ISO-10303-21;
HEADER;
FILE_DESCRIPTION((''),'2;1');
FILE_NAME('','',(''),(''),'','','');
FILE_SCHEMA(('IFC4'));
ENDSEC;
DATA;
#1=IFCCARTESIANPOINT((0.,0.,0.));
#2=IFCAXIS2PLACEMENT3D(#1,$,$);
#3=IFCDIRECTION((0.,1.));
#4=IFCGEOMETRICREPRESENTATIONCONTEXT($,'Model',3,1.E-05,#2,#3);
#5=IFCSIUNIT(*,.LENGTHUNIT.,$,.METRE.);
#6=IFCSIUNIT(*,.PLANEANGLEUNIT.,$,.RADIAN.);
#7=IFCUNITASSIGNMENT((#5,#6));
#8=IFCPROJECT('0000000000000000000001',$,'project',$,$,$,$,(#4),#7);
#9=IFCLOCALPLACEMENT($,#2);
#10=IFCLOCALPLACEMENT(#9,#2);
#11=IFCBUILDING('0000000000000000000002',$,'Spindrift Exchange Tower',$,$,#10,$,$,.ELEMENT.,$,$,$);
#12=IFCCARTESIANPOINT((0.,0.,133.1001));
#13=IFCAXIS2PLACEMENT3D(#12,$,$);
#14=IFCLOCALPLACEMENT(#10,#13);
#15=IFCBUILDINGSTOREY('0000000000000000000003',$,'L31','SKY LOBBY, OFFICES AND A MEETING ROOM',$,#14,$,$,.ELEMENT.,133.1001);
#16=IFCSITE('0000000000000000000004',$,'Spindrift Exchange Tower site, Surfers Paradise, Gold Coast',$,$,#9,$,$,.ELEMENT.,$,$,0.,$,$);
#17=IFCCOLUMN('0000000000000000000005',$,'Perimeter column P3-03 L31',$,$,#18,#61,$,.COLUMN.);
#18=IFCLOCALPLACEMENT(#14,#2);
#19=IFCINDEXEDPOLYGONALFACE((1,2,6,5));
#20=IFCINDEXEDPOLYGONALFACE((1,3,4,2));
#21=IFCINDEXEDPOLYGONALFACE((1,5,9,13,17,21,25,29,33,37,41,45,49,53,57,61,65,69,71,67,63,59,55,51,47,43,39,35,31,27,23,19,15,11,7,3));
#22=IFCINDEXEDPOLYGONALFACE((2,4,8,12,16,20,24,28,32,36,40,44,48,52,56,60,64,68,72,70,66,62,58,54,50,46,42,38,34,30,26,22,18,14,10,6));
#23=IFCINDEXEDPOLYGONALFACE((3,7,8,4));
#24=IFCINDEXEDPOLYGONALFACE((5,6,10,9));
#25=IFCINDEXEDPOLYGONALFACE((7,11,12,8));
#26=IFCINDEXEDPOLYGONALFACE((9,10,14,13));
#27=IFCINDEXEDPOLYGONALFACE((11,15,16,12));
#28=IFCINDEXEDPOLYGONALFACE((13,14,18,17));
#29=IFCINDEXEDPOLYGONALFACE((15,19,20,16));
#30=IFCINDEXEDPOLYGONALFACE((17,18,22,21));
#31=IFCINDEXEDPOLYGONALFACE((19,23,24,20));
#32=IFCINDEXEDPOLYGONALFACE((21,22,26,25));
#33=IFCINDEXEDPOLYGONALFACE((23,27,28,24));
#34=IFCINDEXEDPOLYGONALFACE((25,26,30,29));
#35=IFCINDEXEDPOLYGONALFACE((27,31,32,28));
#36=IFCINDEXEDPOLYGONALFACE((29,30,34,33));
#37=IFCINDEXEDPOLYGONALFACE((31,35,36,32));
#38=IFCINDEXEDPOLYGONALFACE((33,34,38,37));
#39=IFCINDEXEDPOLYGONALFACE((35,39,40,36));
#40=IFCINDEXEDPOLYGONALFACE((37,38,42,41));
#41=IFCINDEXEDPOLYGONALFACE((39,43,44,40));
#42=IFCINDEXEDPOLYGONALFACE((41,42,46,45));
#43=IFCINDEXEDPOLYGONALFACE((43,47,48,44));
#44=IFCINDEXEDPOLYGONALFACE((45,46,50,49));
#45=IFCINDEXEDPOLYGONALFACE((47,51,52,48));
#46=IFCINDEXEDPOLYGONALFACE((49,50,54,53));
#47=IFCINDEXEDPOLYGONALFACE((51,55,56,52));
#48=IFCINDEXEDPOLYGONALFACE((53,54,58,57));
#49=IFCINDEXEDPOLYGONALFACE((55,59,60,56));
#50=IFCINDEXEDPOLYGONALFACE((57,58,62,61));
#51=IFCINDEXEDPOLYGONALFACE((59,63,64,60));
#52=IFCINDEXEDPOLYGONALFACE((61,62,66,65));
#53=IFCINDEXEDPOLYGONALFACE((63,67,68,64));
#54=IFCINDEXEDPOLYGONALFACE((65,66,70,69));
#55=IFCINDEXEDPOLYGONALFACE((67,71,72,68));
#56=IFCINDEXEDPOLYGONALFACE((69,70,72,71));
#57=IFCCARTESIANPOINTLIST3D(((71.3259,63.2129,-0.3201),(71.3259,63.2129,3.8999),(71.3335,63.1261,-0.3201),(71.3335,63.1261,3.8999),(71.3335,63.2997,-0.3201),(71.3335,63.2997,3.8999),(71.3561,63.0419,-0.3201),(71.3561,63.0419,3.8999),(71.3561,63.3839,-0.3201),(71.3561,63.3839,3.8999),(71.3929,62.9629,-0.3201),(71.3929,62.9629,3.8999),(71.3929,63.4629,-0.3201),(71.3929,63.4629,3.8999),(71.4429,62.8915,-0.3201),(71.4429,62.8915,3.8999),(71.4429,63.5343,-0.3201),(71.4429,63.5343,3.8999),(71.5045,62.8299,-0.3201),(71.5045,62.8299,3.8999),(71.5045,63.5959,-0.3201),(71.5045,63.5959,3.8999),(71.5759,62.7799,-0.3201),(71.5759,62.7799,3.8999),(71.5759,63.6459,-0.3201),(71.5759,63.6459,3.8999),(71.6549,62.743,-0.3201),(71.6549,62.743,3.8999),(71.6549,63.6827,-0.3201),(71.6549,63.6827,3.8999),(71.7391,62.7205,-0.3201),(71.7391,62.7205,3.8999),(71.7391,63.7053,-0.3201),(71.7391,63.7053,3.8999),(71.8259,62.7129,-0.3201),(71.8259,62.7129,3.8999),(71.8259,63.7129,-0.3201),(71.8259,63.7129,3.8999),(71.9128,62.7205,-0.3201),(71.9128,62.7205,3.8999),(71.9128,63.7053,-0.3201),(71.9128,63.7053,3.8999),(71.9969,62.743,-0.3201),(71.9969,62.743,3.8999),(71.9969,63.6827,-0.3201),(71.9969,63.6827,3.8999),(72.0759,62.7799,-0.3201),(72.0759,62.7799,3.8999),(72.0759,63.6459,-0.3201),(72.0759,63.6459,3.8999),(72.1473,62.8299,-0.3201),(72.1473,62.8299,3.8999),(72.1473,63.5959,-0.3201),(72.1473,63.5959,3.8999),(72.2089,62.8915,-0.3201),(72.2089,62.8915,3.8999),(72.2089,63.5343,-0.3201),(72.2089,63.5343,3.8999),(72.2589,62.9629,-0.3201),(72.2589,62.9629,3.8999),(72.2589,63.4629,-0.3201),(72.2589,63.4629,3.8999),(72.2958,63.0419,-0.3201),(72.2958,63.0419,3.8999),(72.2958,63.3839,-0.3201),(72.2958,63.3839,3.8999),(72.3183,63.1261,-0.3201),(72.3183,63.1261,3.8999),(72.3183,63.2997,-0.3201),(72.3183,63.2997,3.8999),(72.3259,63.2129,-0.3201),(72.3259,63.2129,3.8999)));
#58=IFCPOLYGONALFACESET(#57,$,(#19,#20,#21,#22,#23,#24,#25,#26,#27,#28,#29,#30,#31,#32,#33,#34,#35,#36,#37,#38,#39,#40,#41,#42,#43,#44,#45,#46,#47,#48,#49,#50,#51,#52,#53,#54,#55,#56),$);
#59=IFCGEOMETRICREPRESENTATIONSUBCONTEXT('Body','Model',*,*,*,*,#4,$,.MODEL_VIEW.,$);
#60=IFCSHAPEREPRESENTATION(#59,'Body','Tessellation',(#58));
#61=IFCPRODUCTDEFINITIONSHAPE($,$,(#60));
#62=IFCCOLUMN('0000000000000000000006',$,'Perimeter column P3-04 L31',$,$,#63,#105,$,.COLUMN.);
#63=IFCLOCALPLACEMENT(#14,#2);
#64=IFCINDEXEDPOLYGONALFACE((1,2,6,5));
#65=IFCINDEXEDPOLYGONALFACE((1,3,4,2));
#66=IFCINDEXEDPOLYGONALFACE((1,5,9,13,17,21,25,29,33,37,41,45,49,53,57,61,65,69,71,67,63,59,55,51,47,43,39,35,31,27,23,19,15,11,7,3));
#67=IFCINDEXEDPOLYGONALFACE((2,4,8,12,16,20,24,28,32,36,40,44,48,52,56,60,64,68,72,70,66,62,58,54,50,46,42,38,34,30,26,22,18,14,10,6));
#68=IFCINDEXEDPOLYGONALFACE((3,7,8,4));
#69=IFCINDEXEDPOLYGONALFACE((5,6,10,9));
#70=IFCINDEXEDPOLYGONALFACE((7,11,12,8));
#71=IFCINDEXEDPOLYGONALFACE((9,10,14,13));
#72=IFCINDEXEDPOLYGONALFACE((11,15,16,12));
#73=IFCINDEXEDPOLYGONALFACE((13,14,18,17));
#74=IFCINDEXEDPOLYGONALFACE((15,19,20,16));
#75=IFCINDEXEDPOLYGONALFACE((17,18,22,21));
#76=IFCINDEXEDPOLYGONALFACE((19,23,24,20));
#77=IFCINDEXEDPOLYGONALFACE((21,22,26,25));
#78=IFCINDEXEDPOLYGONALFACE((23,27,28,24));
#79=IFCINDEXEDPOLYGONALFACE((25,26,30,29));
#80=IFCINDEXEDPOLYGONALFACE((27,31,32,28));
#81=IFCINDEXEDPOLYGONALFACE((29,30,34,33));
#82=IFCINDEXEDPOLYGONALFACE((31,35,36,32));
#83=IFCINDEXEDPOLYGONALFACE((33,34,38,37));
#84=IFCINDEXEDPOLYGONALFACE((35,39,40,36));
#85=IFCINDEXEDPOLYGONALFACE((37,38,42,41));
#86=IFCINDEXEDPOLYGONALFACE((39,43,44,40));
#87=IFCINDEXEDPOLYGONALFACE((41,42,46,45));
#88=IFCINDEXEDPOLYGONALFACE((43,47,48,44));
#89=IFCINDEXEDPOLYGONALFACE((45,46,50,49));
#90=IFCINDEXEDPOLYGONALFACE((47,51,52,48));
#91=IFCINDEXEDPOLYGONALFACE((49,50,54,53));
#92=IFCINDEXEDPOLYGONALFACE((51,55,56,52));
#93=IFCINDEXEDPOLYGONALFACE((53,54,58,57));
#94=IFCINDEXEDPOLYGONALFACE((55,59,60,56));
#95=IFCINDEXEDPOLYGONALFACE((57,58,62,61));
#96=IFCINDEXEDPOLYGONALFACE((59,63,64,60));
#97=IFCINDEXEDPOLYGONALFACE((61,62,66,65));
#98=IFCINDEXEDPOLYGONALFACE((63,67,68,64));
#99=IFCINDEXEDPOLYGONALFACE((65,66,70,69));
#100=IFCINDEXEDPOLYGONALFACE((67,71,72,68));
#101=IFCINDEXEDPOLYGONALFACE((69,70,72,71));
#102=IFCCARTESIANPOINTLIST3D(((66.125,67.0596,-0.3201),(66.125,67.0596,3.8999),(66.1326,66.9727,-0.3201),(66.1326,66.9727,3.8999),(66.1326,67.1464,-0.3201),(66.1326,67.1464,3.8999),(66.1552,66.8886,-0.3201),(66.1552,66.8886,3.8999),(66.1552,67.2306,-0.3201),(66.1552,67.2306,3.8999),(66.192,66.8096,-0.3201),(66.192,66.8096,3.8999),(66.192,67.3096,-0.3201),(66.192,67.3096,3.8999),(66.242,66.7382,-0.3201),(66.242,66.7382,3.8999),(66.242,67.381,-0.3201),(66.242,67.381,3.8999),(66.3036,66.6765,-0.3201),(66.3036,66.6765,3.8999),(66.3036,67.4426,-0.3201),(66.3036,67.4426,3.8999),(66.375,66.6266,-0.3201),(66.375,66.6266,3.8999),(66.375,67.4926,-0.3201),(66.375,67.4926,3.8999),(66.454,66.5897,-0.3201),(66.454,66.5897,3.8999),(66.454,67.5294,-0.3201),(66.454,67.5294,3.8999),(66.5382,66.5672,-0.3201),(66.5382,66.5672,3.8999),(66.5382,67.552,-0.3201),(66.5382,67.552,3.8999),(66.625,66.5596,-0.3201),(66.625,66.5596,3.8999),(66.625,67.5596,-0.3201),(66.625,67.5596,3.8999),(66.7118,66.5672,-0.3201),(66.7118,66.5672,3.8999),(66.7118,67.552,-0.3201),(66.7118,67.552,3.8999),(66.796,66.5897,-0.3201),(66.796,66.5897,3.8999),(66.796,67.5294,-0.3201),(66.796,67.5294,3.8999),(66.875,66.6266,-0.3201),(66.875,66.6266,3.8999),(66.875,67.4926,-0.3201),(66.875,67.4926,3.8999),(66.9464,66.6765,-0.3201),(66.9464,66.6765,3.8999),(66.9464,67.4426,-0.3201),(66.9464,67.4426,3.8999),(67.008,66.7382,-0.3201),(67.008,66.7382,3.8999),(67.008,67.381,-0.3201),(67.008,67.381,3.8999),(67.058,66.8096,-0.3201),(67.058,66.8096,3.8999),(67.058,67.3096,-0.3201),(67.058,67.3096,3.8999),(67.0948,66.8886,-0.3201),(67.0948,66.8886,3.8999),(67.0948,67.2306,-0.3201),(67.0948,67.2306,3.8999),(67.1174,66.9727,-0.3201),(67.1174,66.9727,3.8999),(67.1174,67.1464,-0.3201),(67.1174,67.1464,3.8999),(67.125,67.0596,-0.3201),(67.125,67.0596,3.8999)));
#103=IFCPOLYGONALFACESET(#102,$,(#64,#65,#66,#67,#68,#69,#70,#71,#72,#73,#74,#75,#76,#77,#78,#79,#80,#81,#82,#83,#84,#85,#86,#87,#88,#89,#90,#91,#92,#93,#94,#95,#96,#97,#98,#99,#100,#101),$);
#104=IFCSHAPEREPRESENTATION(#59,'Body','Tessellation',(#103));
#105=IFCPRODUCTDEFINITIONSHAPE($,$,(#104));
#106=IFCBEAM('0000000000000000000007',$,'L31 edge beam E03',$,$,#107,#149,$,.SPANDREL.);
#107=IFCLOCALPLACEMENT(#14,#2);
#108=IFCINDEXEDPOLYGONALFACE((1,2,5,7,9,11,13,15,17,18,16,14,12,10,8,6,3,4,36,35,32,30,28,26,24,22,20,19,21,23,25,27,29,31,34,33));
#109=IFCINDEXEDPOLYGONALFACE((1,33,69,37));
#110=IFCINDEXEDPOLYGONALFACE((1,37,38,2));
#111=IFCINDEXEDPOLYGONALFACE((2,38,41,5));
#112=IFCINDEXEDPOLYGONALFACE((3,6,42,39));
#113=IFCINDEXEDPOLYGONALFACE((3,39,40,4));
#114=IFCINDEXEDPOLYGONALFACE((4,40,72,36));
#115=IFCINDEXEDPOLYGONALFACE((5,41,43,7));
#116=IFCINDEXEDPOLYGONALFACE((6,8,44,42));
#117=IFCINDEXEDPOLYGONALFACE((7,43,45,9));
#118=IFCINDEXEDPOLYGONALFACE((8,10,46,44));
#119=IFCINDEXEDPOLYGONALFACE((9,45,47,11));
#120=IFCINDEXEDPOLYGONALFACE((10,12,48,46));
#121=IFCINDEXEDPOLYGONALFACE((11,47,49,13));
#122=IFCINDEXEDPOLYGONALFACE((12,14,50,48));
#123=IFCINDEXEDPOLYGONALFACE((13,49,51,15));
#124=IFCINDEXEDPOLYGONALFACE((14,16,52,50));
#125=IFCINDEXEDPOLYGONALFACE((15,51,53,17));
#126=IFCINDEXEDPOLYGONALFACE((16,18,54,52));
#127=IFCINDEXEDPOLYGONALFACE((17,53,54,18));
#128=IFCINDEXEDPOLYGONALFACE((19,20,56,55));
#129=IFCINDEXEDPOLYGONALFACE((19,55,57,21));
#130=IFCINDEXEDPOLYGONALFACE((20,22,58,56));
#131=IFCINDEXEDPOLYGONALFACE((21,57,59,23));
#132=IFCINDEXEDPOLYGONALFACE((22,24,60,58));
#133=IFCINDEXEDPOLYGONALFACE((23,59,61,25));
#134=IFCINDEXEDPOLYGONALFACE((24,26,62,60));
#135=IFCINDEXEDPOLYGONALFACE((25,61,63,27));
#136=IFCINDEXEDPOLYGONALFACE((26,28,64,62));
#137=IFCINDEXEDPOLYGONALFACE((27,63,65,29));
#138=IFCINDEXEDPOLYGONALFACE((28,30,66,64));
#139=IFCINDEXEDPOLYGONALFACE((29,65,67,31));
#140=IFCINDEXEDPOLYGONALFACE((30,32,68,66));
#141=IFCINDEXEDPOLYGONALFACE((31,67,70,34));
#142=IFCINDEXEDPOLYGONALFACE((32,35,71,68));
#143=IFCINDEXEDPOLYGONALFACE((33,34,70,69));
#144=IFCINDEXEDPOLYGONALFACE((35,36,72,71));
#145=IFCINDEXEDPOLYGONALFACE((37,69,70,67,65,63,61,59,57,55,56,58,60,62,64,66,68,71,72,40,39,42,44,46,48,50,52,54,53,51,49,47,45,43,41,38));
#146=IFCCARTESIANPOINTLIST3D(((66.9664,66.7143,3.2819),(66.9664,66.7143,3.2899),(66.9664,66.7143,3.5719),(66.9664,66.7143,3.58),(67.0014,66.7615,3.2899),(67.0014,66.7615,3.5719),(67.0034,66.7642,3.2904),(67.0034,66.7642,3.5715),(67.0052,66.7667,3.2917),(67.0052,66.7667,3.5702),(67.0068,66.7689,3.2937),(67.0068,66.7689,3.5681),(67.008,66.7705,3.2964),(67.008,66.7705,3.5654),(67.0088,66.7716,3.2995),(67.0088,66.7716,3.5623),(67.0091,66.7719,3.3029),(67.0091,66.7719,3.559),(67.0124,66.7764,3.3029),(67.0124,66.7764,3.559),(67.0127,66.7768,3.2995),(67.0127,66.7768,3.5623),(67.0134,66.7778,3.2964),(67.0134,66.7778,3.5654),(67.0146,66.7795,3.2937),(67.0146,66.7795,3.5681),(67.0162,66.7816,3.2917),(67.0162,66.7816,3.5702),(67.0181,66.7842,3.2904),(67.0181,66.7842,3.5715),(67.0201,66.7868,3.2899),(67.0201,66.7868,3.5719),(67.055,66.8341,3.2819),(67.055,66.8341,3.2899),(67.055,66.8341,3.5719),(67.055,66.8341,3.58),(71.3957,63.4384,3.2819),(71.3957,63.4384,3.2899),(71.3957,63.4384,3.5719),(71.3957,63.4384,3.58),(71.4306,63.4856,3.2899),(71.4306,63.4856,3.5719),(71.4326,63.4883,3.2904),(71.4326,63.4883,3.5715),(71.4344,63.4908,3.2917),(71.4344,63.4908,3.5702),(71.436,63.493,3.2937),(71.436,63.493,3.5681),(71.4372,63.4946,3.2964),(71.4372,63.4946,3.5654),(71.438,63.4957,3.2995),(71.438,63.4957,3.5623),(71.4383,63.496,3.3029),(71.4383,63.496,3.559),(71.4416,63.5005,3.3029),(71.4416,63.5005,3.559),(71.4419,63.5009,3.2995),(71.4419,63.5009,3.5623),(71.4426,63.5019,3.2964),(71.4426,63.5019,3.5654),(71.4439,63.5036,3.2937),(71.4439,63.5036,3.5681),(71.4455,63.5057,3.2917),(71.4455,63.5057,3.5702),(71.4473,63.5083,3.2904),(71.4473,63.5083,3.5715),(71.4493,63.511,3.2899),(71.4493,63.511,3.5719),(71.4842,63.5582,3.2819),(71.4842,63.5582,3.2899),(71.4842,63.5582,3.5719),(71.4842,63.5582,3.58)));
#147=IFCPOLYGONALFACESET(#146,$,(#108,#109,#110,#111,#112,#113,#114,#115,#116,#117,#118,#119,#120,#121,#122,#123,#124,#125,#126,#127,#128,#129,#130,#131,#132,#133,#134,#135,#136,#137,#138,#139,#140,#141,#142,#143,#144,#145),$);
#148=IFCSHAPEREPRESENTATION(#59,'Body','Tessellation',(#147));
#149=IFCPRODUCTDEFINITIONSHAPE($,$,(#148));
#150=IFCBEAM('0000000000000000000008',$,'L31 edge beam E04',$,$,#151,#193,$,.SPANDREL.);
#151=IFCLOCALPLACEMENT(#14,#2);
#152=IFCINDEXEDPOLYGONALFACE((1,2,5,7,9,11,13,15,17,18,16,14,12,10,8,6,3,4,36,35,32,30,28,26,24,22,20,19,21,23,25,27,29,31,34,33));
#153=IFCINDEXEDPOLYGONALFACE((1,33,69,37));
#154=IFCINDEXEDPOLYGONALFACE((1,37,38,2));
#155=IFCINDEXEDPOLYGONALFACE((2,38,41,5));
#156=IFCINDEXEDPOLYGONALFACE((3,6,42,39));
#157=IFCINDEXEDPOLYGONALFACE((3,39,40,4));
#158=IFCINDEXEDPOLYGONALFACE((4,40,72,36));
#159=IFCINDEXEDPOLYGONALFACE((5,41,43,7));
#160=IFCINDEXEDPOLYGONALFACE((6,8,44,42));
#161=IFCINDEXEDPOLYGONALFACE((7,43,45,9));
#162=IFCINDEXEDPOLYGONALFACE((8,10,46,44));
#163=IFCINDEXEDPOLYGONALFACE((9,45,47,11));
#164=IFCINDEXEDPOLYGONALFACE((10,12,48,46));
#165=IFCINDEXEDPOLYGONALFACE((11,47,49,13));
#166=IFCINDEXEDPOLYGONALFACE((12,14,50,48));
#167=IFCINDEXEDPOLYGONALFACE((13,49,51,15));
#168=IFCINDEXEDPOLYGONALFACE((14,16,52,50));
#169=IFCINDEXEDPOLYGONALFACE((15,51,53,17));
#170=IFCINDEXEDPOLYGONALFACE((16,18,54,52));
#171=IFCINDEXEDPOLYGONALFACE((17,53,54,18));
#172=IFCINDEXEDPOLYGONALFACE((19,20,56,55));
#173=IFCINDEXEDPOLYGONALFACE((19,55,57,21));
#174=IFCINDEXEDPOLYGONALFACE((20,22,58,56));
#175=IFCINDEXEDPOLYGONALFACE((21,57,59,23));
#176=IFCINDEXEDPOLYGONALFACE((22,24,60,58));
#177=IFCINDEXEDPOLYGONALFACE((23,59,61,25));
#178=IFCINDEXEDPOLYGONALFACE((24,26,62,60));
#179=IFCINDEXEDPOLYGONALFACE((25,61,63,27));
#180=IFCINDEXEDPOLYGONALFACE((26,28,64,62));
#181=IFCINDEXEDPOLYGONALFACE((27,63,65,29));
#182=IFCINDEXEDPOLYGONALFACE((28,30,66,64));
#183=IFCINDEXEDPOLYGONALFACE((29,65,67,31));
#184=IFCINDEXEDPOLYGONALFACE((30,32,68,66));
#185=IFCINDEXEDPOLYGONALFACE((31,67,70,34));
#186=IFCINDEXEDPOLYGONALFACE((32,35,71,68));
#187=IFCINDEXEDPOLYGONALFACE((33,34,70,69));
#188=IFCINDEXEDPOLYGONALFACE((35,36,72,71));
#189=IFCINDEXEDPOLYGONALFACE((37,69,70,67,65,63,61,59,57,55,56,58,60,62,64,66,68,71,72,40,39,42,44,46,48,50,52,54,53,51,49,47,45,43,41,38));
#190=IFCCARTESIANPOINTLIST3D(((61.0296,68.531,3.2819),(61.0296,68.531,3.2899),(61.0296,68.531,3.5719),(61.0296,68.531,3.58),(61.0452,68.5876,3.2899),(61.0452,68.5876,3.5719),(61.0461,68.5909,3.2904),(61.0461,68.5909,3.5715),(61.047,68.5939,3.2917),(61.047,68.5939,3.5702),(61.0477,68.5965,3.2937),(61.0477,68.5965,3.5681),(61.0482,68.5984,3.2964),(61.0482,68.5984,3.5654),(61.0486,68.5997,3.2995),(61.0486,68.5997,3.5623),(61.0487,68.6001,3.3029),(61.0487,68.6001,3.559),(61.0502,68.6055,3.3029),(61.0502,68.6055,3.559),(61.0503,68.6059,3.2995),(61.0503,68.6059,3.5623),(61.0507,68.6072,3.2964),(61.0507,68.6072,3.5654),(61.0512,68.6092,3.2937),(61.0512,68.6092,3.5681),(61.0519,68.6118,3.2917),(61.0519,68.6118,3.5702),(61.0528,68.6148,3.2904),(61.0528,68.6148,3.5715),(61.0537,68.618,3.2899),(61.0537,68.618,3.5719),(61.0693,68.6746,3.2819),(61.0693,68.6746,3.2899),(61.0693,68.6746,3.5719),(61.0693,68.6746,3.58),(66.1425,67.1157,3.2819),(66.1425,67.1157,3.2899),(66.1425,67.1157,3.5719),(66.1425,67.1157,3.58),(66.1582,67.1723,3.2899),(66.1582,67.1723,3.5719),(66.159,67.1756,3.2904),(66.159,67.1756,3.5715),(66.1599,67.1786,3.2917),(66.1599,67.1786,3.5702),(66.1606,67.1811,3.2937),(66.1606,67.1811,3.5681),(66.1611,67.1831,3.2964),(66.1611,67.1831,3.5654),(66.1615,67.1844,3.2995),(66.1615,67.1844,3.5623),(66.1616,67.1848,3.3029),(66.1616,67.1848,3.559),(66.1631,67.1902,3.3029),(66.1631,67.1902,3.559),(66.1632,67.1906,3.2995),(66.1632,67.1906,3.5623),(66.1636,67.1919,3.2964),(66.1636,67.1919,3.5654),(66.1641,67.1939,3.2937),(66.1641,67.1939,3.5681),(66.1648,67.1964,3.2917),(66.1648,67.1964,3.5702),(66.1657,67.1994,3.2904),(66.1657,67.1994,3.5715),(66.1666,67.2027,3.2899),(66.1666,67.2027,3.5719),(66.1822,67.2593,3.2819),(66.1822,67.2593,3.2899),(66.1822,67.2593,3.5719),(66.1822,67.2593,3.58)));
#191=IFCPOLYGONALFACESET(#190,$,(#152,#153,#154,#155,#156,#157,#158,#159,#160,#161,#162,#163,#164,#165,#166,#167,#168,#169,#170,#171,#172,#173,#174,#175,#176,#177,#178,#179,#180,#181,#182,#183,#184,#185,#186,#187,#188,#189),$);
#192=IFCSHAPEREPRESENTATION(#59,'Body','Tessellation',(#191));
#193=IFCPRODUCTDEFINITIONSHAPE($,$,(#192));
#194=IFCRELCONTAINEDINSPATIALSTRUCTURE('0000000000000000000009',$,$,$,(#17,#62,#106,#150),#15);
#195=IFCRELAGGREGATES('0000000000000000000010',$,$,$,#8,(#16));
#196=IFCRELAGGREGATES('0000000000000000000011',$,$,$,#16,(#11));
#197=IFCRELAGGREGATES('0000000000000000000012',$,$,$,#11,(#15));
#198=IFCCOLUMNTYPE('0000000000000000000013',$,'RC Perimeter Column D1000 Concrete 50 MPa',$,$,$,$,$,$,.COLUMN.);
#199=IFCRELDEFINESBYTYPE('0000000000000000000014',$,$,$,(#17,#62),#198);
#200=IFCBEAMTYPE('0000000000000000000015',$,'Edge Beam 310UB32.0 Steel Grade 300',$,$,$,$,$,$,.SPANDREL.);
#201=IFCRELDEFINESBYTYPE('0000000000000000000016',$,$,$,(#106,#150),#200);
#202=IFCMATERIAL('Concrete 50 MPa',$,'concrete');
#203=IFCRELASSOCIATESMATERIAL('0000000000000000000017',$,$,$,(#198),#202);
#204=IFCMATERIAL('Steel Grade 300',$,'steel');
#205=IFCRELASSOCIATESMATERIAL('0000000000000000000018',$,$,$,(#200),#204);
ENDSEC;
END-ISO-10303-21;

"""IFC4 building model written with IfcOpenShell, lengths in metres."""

from ifc_helpers import new_model, si_unit, direction, frame, origin, origin_2d, place, context, subcontext, project, spatial, circle, i_section, extrude, source, transform, mapped, material, material_profile, profile_set, type_object, element, save


model = new_model("IFC4")

# Units and contexts
model_context = context("Model", 3, precision=1e-05, world=origin(), true_north=direction((0.0, 1.0)))
body_context = subcontext(model_context, "Body", "Model", "MODEL_VIEW")
ifc_project = project(units=[si_unit("LENGTHUNIT", "METRE"), si_unit("PLANEANGLEUNIT", "RADIAN")], contexts=[model_context])

# Site, building, storey
site_placement = place(None, origin())
site = spatial("IfcSite", under=ifc_project, at=site_placement, Name="Spindrift Exchange Tower site, Surfers Paradise, Gold Coast", CompositionType="ELEMENT", RefElevation=0.0)
building_placement = place(site_placement, origin())
building = spatial("IfcBuilding", under=site, at=building_placement, Name="Spindrift Exchange Tower", CompositionType="ELEMENT")
storey_placement = place(building_placement, frame((0.0, 0.0, 133.1001)))
storey = spatial("IfcBuildingStorey", under=building, at=storey_placement, Name="L31", Description="SKY LOBBY, OFFICES AND A MEETING ROOM", CompositionType="ELEMENT", Elevation=133.1001)

# Columns
ifc_material_1 = material(Name="Concrete 50 MPa", Category="concrete")
ifc_material_profile_1 = material_profile(ifc_material_1, circle(Radius=0.5, at=origin_2d()), Name="RC D1000")
ifc_profile_set_1 = profile_set([ifc_material_profile_1], Name="Concrete 50 MPa")
column_type = type_object("IfcColumnType", Name="RC Perimeter Column D1000 Concrete 50 MPa", PredefinedType="COLUMN", material=ifc_profile_set_1)
shared_shape_1 = source(origin(), body_context, "Body", "SweptSolid", [
    extrude(circle(Radius=0.5, at=origin_2d()), origin(), (0.0, 0.0, 1.0), 4.22),
])
for number, where, z_axis, x_axis, name in (
    (1, (71.8259, 63.2129, -0.3201), (0.0, 0.0, 1.0), (1.0, 0.0, 0.0), "Perimeter column P3-03 L31"),
    (2, (66.625, 67.0596, -0.3201), (0.0, 0.0, 1.0), (1.0, 0.0, 0.0), "Perimeter column P3-04 L31"),
):
    element("IfcColumn", number, at=place(storey_placement, frame(where, z_axis=z_axis, x_axis=x_axis)), inside=storey, type_object=column_type, Name=name, PredefinedType="COLUMN", context=body_context, shape_type="MappedRepresentation", body=[
        mapped(shared_shape_1, transform((0.0, 0.0, 0.0), scale=1.0)),
    ])

# Beams
ifc_material_2 = material(Name="Steel Grade 300", Category="steel")
ifc_material_profile_2 = material_profile(ifc_material_2, i_section(OverallWidth=0.1489, OverallDepth=0.2981, WebThickness=0.0056, FlangeThickness=0.0081, FilletRadius=0.0129, at=origin_2d()), Name="310UB32.0")
ifc_profile_set_2 = profile_set([ifc_material_profile_2], Name="Steel Grade 300")
beam_type = type_object("IfcBeamType", Name="Edge Beam 310UB32.0 Steel Grade 300", PredefinedType="SPANDREL", material=ifc_profile_set_2)
shared_shape_2 = source(origin(), body_context, "Body", "SweptSolid", [
    extrude(i_section(OverallWidth=0.1489, OverallDepth=0.2981, WebThickness=0.0056, FlangeThickness=0.0081, FilletRadius=0.0129, at=origin_2d()), origin(), (0.0, 0.0, 1.0), 5.509),
])
beam_1_placement = place(storey_placement, frame((71.4399, 63.4983, 3.4309), z_axis=(-0.803992, 0.59464, 0.0), x_axis=(-0.59464, -0.803992, 0.0)))
element("IfcBeam", 3, at=beam_1_placement, inside=storey, type_object=beam_type, Name="L31 edge beam E03", PredefinedType="SPANDREL", context=body_context, shape_type="MappedRepresentation", body=[
    mapped(shared_shape_2, transform((0.0, 0.0, 0.0), scale=1.0)),
])
shared_shape_3 = source(origin(), body_context, "Body", "SweptSolid", [
    extrude(i_section(OverallWidth=0.1489, OverallDepth=0.2981, WebThickness=0.0056, FlangeThickness=0.0081, FilletRadius=0.0129, at=origin_2d()), origin(), (0.0, 0.0, 1.0), 5.3052),
])
beam_2_placement = place(storey_placement, frame((66.1624, 67.1875, 3.4309), z_axis=(-0.963758, 0.26678, 0.0), x_axis=(-0.26678, -0.963758, 0.0)))
element("IfcBeam", 4, at=beam_2_placement, inside=storey, type_object=beam_type, Name="L31 edge beam E04", PredefinedType="SPANDREL", context=body_context, shape_type="MappedRepresentation", body=[
    mapped(shared_shape_3, transform((0.0, 0.0, 0.0), scale=1.0)),
])

save(model, "model.ifc")
